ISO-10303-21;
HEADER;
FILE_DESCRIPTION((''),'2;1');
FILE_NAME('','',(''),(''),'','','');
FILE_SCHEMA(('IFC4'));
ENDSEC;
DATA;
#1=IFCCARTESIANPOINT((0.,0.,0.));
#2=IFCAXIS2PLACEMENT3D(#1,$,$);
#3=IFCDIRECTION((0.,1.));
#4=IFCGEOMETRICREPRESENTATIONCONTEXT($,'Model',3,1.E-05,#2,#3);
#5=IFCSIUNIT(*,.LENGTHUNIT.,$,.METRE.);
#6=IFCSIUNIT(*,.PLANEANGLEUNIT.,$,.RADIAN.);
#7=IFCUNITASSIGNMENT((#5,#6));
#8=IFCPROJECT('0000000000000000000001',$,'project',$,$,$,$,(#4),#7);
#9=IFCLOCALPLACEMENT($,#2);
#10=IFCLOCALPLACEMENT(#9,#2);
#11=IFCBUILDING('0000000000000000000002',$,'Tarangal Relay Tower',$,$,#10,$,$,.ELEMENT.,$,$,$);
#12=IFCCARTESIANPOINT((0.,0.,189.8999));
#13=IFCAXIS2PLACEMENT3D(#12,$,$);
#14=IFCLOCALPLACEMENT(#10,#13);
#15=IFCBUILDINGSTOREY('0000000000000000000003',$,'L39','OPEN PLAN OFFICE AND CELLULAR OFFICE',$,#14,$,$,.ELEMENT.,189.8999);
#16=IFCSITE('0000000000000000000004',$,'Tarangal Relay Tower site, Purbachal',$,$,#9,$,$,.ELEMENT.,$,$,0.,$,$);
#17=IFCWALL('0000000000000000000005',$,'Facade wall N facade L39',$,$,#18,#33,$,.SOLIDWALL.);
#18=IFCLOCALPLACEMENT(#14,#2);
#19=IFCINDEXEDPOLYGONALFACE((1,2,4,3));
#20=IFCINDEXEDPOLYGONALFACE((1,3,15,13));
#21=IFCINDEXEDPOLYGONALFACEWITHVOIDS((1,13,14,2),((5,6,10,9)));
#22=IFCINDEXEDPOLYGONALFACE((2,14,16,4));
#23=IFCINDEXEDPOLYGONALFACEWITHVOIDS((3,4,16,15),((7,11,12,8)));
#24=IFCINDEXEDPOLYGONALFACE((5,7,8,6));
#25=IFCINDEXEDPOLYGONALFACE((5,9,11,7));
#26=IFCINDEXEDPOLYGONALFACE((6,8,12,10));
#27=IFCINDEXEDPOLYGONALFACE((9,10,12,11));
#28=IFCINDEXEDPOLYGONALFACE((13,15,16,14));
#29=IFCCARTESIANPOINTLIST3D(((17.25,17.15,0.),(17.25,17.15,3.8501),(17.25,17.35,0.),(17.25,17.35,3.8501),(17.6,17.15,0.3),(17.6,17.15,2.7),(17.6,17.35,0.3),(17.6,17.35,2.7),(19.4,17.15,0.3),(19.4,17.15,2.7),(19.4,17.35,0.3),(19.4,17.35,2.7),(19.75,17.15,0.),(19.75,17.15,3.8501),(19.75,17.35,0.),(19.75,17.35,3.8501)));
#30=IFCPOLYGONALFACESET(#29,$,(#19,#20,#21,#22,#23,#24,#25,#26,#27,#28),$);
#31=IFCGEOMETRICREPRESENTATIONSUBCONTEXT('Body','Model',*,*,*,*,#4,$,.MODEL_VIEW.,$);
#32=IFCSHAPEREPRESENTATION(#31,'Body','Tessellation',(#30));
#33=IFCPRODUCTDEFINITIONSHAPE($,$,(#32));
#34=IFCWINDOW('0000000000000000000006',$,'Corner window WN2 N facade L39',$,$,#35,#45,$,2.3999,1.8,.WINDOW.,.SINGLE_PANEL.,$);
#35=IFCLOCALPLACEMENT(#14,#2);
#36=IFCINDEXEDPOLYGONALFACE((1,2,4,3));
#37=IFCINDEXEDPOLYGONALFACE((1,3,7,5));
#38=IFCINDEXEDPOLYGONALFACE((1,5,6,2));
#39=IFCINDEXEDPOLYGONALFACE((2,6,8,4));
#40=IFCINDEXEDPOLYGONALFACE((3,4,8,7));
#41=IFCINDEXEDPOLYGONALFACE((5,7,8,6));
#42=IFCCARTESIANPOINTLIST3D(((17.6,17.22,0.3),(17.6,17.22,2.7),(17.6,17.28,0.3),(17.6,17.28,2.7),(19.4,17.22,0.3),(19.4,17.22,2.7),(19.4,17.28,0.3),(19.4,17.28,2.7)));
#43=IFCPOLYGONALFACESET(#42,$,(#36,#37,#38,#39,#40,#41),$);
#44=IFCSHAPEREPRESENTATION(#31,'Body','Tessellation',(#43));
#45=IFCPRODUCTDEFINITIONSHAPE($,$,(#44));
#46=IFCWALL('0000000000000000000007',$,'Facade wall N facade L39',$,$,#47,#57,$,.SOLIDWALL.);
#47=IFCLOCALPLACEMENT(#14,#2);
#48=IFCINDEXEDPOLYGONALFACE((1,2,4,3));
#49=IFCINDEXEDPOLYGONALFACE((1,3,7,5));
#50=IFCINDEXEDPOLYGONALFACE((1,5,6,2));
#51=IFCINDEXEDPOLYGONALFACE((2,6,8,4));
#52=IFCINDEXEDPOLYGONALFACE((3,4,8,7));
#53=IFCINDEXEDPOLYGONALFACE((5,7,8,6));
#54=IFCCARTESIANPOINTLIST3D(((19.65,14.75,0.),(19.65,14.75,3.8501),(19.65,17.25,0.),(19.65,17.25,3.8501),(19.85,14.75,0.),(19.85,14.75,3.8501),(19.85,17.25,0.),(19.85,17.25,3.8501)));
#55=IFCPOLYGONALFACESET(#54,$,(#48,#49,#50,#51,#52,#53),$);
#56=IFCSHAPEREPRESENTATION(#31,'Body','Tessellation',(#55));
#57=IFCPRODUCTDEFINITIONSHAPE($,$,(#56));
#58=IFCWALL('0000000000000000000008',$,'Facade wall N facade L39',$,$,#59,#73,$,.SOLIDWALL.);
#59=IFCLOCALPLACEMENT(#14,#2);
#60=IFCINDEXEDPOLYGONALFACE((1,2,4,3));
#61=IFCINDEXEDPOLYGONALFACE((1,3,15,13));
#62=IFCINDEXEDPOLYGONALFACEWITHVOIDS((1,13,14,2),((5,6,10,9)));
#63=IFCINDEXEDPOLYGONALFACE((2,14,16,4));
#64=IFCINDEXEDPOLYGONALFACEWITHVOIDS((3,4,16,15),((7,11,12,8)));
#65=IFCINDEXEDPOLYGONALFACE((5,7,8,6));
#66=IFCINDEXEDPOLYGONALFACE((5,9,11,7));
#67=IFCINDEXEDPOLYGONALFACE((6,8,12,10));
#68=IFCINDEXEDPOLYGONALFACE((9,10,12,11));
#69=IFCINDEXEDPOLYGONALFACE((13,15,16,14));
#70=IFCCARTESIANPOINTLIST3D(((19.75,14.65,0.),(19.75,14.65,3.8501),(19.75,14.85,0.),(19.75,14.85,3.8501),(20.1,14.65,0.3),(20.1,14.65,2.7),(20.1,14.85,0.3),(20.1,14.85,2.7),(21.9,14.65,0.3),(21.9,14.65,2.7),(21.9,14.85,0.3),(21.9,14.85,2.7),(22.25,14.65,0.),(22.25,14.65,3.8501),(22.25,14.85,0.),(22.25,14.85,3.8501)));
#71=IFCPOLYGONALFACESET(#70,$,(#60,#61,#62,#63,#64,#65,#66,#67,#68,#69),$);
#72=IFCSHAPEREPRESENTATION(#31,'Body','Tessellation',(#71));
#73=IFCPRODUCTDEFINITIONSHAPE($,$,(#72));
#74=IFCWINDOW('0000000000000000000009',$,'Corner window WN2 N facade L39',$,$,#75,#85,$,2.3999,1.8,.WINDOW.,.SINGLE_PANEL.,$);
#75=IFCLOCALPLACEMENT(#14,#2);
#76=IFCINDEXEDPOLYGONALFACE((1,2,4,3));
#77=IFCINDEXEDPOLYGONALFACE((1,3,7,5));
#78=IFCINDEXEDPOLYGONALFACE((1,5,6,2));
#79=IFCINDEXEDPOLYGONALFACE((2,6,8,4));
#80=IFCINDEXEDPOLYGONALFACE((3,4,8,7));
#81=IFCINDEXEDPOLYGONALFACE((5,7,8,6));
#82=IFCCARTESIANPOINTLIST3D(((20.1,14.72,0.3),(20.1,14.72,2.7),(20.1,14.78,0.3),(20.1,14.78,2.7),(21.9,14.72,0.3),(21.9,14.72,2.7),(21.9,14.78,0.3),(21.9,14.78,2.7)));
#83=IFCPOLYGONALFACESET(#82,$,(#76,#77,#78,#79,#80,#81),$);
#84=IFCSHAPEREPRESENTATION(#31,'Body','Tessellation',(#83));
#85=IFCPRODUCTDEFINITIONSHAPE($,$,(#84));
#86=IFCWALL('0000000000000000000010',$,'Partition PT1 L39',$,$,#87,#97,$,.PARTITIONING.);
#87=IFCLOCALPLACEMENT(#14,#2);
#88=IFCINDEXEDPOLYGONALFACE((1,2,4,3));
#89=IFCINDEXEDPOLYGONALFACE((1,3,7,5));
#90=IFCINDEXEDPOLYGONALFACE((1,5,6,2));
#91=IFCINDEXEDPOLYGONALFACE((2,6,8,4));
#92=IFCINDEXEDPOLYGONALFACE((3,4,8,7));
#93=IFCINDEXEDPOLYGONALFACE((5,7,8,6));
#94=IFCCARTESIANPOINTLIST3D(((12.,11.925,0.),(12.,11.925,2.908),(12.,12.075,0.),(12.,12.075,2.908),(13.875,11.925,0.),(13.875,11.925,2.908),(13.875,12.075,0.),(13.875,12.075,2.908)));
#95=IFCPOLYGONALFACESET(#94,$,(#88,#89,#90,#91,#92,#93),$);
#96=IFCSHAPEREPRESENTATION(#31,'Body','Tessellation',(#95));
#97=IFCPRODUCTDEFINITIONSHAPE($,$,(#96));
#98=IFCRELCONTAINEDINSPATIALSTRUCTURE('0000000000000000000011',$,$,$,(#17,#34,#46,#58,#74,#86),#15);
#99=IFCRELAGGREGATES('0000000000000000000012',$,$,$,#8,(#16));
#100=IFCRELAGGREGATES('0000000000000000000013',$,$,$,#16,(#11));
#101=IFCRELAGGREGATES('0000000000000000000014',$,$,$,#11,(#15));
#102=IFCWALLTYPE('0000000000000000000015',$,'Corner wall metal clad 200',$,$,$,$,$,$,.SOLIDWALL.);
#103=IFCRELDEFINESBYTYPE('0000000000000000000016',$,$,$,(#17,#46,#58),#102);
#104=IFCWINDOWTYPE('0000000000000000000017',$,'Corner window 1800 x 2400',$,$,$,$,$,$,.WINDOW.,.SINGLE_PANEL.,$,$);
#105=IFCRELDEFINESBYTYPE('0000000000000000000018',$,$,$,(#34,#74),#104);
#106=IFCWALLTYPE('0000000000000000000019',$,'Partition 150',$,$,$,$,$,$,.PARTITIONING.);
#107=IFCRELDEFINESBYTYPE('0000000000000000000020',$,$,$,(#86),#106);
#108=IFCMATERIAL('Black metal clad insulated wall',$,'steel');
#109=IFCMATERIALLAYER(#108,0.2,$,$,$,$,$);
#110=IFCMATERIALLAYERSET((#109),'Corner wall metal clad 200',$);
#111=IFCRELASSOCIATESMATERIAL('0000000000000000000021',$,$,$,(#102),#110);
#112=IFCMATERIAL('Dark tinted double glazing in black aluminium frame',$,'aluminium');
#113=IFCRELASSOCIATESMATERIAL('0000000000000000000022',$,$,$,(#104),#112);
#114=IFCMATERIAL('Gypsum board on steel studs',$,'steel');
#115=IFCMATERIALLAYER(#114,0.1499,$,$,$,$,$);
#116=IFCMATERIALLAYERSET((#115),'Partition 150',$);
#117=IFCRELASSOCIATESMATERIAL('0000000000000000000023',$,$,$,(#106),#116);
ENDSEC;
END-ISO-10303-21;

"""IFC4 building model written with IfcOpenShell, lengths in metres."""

from ifc_helpers import new_model, si_unit, direction, frame, frame_2d, origin, place, context, subcontext, project, spatial, rectangle, extrude, material, layer, layer_set, type_object, element, fill, save


model = new_model("IFC4")

# Units and contexts
model_context = context("Model", 3, precision=1e-05, world=origin(), true_north=direction((0.0, 1.0)))
body_context = subcontext(model_context, "Body", "Model", "MODEL_VIEW")
ifc_project = project(units=[si_unit("LENGTHUNIT", "METRE"), si_unit("PLANEANGLEUNIT", "RADIAN")], contexts=[model_context])

# Site, building, storey
site_placement = place(None, origin())
site = spatial("IfcSite", under=ifc_project, at=site_placement, Name="Tarangal Relay Tower site, Purbachal", CompositionType="ELEMENT", RefElevation=0.0)
building_placement = place(site_placement, origin())
building = spatial("IfcBuilding", under=site, at=building_placement, Name="Tarangal Relay Tower", CompositionType="ELEMENT")
storey_placement = place(building_placement, frame((0.0, 0.0, 189.8999)))
storey = spatial("IfcBuildingStorey", under=building, at=storey_placement, Name="L39", Description="OPEN PLAN OFFICE AND CELLULAR OFFICE", CompositionType="ELEMENT", Elevation=189.8999)

# Shared definitions
ifc_material_1 = material(Name="Black metal clad insulated wall", Category="steel")
ifc_layer_1 = layer(ifc_material_1, 0.2)
ifc_layer_set_1 = layer_set([ifc_layer_1], Name="Corner wall metal clad 200")
wall_type_1 = type_object("IfcWallType", Name="Corner wall metal clad 200", PredefinedType="SOLIDWALL", material=ifc_layer_set_1)

# Shared definitions
ifc_material_2 = material(Name="Dark tinted double glazing in black aluminium frame", Category="aluminium")
window_type = type_object("IfcWindowType", Name="Corner window 1800 x 2400", PartitioningType="SINGLE_PANEL", PredefinedType="WINDOW", material=ifc_material_2)

# Wall, opening, window
wall_1_placement = place(storey_placement, frame((17.25, 17.25, 0.0), z_axis=(0.0, 0.0, 1.0), x_axis=(1.0, 0.0, 0.0)))
wall_1 = element("IfcWall", 1, at=wall_1_placement, inside=storey, type_object=wall_type_1, Name="Facade wall N facade L39", PredefinedType="SOLIDWALL", context=body_context, shape_type="SweptSolid", body=[
    extrude(rectangle(XDim=2.5, YDim=0.2, at=frame_2d((1.25, 0.0))), origin(), (0.0, 0.0, 1.0), 3.8501),
])
opening_1_placement = place(wall_1_placement, frame((0.3501, 0.0, 0.3)))
opening_1 = element("IfcOpeningElement", 2, at=opening_1_placement, cuts=wall_1, PredefinedType="OPENING", context=body_context, shape_type="SweptSolid", body=[
    extrude(rectangle(XDim=1.8, YDim=2.3999, at=frame_2d((0.8999, 1.2))), frame((0.0, 0.1099, 0.0), z_axis=(0.0, -1.0, 0.0), x_axis=(1.0, 0.0, 0.0)), (0.0, 0.0, 1.0), 0.22),
])
window_1_placement = place(opening_1_placement, origin())
window_1 = element("IfcWindow", 3, at=window_1_placement, inside=storey, type_object=window_type, Name="Corner window WN2 N facade L39", OverallHeight=2.3999, OverallWidth=1.8, PartitioningType="SINGLE_PANEL", PredefinedType="WINDOW", context=body_context, shape_type="SweptSolid", body=[
    extrude(rectangle(XDim=1.8, YDim=2.3999, at=frame_2d((0.8999, 1.2))), frame((0.0, 0.03, 0.0), z_axis=(0.0, -1.0, 0.0), x_axis=(1.0, 0.0, 0.0)), (0.0, 0.0, 1.0), 0.0601),
])
fill(opening_1, window_1)

# Wall
wall_2_placement = place(storey_placement, frame((19.75, 17.25, 0.0), z_axis=(0.0, 0.0, 1.0), x_axis=(0.0, -1.0, 0.0)))
element("IfcWall", 4, at=wall_2_placement, inside=storey, type_object=wall_type_1, Name="Facade wall N facade L39", PredefinedType="SOLIDWALL", context=body_context, shape_type="SweptSolid", body=[
    extrude(rectangle(XDim=2.5, YDim=0.2, at=frame_2d((1.25, 0.0))), origin(), (0.0, 0.0, 1.0), 3.8501),
])

# Wall, opening, window
wall_3_placement = place(storey_placement, frame((19.75, 14.75, 0.0), z_axis=(0.0, 0.0, 1.0), x_axis=(1.0, 0.0, 0.0)))
wall_3 = element("IfcWall", 5, at=wall_3_placement, inside=storey, type_object=wall_type_1, Name="Facade wall N facade L39", PredefinedType="SOLIDWALL", context=body_context, shape_type="SweptSolid", body=[
    extrude(rectangle(XDim=2.5, YDim=0.2, at=frame_2d((1.25, 0.0))), origin(), (0.0, 0.0, 1.0), 3.8501),
])
opening_2_placement = place(wall_3_placement, frame((0.3501, 0.0, 0.3)))
opening_2 = element("IfcOpeningElement", 6, at=opening_2_placement, cuts=wall_3, PredefinedType="OPENING", context=body_context, shape_type="SweptSolid", body=[
    extrude(rectangle(XDim=1.8, YDim=2.3999, at=frame_2d((0.8999, 1.2))), frame((0.0, 0.1099, 0.0), z_axis=(0.0, -1.0, 0.0), x_axis=(1.0, 0.0, 0.0)), (0.0, 0.0, 1.0), 0.22),
])
window_2_placement = place(opening_2_placement, origin())
window_2 = element("IfcWindow", 7, at=window_2_placement, inside=storey, type_object=window_type, Name="Corner window WN2 N facade L39", OverallHeight=2.3999, OverallWidth=1.8, PartitioningType="SINGLE_PANEL", PredefinedType="WINDOW", context=body_context, shape_type="SweptSolid", body=[
    extrude(rectangle(XDim=1.8, YDim=2.3999, at=frame_2d((0.8999, 1.2))), frame((0.0, 0.03, 0.0), z_axis=(0.0, -1.0, 0.0), x_axis=(1.0, 0.0, 0.0)), (0.0, 0.0, 1.0), 0.0601),
])
fill(opening_2, window_2)

# Wall
ifc_material_3 = material(Name="Gypsum board on steel studs", Category="steel")
ifc_layer_2 = layer(ifc_material_3, 0.1499)
ifc_layer_set_2 = layer_set([ifc_layer_2], Name="Partition 150")
wall_type_2 = type_object("IfcWallType", Name="Partition 150", PredefinedType="PARTITIONING", material=ifc_layer_set_2)
wall_4_placement = place(storey_placement, frame((12.0, 12.0, 0.0), z_axis=(0.0, 0.0, 1.0), x_axis=(1.0, 0.0, 0.0)))
element("IfcWall", 8, at=wall_4_placement, inside=storey, type_object=wall_type_2, Name="Partition PT1 L39", PredefinedType="PARTITIONING", context=body_context, shape_type="SweptSolid", body=[
    extrude(rectangle(XDim=1.875, YDim=0.1499, at=frame_2d((0.9375, 0.0))), origin(), (0.0, 0.0, 1.0), 2.908),
])

save(model, "model.ifc")
